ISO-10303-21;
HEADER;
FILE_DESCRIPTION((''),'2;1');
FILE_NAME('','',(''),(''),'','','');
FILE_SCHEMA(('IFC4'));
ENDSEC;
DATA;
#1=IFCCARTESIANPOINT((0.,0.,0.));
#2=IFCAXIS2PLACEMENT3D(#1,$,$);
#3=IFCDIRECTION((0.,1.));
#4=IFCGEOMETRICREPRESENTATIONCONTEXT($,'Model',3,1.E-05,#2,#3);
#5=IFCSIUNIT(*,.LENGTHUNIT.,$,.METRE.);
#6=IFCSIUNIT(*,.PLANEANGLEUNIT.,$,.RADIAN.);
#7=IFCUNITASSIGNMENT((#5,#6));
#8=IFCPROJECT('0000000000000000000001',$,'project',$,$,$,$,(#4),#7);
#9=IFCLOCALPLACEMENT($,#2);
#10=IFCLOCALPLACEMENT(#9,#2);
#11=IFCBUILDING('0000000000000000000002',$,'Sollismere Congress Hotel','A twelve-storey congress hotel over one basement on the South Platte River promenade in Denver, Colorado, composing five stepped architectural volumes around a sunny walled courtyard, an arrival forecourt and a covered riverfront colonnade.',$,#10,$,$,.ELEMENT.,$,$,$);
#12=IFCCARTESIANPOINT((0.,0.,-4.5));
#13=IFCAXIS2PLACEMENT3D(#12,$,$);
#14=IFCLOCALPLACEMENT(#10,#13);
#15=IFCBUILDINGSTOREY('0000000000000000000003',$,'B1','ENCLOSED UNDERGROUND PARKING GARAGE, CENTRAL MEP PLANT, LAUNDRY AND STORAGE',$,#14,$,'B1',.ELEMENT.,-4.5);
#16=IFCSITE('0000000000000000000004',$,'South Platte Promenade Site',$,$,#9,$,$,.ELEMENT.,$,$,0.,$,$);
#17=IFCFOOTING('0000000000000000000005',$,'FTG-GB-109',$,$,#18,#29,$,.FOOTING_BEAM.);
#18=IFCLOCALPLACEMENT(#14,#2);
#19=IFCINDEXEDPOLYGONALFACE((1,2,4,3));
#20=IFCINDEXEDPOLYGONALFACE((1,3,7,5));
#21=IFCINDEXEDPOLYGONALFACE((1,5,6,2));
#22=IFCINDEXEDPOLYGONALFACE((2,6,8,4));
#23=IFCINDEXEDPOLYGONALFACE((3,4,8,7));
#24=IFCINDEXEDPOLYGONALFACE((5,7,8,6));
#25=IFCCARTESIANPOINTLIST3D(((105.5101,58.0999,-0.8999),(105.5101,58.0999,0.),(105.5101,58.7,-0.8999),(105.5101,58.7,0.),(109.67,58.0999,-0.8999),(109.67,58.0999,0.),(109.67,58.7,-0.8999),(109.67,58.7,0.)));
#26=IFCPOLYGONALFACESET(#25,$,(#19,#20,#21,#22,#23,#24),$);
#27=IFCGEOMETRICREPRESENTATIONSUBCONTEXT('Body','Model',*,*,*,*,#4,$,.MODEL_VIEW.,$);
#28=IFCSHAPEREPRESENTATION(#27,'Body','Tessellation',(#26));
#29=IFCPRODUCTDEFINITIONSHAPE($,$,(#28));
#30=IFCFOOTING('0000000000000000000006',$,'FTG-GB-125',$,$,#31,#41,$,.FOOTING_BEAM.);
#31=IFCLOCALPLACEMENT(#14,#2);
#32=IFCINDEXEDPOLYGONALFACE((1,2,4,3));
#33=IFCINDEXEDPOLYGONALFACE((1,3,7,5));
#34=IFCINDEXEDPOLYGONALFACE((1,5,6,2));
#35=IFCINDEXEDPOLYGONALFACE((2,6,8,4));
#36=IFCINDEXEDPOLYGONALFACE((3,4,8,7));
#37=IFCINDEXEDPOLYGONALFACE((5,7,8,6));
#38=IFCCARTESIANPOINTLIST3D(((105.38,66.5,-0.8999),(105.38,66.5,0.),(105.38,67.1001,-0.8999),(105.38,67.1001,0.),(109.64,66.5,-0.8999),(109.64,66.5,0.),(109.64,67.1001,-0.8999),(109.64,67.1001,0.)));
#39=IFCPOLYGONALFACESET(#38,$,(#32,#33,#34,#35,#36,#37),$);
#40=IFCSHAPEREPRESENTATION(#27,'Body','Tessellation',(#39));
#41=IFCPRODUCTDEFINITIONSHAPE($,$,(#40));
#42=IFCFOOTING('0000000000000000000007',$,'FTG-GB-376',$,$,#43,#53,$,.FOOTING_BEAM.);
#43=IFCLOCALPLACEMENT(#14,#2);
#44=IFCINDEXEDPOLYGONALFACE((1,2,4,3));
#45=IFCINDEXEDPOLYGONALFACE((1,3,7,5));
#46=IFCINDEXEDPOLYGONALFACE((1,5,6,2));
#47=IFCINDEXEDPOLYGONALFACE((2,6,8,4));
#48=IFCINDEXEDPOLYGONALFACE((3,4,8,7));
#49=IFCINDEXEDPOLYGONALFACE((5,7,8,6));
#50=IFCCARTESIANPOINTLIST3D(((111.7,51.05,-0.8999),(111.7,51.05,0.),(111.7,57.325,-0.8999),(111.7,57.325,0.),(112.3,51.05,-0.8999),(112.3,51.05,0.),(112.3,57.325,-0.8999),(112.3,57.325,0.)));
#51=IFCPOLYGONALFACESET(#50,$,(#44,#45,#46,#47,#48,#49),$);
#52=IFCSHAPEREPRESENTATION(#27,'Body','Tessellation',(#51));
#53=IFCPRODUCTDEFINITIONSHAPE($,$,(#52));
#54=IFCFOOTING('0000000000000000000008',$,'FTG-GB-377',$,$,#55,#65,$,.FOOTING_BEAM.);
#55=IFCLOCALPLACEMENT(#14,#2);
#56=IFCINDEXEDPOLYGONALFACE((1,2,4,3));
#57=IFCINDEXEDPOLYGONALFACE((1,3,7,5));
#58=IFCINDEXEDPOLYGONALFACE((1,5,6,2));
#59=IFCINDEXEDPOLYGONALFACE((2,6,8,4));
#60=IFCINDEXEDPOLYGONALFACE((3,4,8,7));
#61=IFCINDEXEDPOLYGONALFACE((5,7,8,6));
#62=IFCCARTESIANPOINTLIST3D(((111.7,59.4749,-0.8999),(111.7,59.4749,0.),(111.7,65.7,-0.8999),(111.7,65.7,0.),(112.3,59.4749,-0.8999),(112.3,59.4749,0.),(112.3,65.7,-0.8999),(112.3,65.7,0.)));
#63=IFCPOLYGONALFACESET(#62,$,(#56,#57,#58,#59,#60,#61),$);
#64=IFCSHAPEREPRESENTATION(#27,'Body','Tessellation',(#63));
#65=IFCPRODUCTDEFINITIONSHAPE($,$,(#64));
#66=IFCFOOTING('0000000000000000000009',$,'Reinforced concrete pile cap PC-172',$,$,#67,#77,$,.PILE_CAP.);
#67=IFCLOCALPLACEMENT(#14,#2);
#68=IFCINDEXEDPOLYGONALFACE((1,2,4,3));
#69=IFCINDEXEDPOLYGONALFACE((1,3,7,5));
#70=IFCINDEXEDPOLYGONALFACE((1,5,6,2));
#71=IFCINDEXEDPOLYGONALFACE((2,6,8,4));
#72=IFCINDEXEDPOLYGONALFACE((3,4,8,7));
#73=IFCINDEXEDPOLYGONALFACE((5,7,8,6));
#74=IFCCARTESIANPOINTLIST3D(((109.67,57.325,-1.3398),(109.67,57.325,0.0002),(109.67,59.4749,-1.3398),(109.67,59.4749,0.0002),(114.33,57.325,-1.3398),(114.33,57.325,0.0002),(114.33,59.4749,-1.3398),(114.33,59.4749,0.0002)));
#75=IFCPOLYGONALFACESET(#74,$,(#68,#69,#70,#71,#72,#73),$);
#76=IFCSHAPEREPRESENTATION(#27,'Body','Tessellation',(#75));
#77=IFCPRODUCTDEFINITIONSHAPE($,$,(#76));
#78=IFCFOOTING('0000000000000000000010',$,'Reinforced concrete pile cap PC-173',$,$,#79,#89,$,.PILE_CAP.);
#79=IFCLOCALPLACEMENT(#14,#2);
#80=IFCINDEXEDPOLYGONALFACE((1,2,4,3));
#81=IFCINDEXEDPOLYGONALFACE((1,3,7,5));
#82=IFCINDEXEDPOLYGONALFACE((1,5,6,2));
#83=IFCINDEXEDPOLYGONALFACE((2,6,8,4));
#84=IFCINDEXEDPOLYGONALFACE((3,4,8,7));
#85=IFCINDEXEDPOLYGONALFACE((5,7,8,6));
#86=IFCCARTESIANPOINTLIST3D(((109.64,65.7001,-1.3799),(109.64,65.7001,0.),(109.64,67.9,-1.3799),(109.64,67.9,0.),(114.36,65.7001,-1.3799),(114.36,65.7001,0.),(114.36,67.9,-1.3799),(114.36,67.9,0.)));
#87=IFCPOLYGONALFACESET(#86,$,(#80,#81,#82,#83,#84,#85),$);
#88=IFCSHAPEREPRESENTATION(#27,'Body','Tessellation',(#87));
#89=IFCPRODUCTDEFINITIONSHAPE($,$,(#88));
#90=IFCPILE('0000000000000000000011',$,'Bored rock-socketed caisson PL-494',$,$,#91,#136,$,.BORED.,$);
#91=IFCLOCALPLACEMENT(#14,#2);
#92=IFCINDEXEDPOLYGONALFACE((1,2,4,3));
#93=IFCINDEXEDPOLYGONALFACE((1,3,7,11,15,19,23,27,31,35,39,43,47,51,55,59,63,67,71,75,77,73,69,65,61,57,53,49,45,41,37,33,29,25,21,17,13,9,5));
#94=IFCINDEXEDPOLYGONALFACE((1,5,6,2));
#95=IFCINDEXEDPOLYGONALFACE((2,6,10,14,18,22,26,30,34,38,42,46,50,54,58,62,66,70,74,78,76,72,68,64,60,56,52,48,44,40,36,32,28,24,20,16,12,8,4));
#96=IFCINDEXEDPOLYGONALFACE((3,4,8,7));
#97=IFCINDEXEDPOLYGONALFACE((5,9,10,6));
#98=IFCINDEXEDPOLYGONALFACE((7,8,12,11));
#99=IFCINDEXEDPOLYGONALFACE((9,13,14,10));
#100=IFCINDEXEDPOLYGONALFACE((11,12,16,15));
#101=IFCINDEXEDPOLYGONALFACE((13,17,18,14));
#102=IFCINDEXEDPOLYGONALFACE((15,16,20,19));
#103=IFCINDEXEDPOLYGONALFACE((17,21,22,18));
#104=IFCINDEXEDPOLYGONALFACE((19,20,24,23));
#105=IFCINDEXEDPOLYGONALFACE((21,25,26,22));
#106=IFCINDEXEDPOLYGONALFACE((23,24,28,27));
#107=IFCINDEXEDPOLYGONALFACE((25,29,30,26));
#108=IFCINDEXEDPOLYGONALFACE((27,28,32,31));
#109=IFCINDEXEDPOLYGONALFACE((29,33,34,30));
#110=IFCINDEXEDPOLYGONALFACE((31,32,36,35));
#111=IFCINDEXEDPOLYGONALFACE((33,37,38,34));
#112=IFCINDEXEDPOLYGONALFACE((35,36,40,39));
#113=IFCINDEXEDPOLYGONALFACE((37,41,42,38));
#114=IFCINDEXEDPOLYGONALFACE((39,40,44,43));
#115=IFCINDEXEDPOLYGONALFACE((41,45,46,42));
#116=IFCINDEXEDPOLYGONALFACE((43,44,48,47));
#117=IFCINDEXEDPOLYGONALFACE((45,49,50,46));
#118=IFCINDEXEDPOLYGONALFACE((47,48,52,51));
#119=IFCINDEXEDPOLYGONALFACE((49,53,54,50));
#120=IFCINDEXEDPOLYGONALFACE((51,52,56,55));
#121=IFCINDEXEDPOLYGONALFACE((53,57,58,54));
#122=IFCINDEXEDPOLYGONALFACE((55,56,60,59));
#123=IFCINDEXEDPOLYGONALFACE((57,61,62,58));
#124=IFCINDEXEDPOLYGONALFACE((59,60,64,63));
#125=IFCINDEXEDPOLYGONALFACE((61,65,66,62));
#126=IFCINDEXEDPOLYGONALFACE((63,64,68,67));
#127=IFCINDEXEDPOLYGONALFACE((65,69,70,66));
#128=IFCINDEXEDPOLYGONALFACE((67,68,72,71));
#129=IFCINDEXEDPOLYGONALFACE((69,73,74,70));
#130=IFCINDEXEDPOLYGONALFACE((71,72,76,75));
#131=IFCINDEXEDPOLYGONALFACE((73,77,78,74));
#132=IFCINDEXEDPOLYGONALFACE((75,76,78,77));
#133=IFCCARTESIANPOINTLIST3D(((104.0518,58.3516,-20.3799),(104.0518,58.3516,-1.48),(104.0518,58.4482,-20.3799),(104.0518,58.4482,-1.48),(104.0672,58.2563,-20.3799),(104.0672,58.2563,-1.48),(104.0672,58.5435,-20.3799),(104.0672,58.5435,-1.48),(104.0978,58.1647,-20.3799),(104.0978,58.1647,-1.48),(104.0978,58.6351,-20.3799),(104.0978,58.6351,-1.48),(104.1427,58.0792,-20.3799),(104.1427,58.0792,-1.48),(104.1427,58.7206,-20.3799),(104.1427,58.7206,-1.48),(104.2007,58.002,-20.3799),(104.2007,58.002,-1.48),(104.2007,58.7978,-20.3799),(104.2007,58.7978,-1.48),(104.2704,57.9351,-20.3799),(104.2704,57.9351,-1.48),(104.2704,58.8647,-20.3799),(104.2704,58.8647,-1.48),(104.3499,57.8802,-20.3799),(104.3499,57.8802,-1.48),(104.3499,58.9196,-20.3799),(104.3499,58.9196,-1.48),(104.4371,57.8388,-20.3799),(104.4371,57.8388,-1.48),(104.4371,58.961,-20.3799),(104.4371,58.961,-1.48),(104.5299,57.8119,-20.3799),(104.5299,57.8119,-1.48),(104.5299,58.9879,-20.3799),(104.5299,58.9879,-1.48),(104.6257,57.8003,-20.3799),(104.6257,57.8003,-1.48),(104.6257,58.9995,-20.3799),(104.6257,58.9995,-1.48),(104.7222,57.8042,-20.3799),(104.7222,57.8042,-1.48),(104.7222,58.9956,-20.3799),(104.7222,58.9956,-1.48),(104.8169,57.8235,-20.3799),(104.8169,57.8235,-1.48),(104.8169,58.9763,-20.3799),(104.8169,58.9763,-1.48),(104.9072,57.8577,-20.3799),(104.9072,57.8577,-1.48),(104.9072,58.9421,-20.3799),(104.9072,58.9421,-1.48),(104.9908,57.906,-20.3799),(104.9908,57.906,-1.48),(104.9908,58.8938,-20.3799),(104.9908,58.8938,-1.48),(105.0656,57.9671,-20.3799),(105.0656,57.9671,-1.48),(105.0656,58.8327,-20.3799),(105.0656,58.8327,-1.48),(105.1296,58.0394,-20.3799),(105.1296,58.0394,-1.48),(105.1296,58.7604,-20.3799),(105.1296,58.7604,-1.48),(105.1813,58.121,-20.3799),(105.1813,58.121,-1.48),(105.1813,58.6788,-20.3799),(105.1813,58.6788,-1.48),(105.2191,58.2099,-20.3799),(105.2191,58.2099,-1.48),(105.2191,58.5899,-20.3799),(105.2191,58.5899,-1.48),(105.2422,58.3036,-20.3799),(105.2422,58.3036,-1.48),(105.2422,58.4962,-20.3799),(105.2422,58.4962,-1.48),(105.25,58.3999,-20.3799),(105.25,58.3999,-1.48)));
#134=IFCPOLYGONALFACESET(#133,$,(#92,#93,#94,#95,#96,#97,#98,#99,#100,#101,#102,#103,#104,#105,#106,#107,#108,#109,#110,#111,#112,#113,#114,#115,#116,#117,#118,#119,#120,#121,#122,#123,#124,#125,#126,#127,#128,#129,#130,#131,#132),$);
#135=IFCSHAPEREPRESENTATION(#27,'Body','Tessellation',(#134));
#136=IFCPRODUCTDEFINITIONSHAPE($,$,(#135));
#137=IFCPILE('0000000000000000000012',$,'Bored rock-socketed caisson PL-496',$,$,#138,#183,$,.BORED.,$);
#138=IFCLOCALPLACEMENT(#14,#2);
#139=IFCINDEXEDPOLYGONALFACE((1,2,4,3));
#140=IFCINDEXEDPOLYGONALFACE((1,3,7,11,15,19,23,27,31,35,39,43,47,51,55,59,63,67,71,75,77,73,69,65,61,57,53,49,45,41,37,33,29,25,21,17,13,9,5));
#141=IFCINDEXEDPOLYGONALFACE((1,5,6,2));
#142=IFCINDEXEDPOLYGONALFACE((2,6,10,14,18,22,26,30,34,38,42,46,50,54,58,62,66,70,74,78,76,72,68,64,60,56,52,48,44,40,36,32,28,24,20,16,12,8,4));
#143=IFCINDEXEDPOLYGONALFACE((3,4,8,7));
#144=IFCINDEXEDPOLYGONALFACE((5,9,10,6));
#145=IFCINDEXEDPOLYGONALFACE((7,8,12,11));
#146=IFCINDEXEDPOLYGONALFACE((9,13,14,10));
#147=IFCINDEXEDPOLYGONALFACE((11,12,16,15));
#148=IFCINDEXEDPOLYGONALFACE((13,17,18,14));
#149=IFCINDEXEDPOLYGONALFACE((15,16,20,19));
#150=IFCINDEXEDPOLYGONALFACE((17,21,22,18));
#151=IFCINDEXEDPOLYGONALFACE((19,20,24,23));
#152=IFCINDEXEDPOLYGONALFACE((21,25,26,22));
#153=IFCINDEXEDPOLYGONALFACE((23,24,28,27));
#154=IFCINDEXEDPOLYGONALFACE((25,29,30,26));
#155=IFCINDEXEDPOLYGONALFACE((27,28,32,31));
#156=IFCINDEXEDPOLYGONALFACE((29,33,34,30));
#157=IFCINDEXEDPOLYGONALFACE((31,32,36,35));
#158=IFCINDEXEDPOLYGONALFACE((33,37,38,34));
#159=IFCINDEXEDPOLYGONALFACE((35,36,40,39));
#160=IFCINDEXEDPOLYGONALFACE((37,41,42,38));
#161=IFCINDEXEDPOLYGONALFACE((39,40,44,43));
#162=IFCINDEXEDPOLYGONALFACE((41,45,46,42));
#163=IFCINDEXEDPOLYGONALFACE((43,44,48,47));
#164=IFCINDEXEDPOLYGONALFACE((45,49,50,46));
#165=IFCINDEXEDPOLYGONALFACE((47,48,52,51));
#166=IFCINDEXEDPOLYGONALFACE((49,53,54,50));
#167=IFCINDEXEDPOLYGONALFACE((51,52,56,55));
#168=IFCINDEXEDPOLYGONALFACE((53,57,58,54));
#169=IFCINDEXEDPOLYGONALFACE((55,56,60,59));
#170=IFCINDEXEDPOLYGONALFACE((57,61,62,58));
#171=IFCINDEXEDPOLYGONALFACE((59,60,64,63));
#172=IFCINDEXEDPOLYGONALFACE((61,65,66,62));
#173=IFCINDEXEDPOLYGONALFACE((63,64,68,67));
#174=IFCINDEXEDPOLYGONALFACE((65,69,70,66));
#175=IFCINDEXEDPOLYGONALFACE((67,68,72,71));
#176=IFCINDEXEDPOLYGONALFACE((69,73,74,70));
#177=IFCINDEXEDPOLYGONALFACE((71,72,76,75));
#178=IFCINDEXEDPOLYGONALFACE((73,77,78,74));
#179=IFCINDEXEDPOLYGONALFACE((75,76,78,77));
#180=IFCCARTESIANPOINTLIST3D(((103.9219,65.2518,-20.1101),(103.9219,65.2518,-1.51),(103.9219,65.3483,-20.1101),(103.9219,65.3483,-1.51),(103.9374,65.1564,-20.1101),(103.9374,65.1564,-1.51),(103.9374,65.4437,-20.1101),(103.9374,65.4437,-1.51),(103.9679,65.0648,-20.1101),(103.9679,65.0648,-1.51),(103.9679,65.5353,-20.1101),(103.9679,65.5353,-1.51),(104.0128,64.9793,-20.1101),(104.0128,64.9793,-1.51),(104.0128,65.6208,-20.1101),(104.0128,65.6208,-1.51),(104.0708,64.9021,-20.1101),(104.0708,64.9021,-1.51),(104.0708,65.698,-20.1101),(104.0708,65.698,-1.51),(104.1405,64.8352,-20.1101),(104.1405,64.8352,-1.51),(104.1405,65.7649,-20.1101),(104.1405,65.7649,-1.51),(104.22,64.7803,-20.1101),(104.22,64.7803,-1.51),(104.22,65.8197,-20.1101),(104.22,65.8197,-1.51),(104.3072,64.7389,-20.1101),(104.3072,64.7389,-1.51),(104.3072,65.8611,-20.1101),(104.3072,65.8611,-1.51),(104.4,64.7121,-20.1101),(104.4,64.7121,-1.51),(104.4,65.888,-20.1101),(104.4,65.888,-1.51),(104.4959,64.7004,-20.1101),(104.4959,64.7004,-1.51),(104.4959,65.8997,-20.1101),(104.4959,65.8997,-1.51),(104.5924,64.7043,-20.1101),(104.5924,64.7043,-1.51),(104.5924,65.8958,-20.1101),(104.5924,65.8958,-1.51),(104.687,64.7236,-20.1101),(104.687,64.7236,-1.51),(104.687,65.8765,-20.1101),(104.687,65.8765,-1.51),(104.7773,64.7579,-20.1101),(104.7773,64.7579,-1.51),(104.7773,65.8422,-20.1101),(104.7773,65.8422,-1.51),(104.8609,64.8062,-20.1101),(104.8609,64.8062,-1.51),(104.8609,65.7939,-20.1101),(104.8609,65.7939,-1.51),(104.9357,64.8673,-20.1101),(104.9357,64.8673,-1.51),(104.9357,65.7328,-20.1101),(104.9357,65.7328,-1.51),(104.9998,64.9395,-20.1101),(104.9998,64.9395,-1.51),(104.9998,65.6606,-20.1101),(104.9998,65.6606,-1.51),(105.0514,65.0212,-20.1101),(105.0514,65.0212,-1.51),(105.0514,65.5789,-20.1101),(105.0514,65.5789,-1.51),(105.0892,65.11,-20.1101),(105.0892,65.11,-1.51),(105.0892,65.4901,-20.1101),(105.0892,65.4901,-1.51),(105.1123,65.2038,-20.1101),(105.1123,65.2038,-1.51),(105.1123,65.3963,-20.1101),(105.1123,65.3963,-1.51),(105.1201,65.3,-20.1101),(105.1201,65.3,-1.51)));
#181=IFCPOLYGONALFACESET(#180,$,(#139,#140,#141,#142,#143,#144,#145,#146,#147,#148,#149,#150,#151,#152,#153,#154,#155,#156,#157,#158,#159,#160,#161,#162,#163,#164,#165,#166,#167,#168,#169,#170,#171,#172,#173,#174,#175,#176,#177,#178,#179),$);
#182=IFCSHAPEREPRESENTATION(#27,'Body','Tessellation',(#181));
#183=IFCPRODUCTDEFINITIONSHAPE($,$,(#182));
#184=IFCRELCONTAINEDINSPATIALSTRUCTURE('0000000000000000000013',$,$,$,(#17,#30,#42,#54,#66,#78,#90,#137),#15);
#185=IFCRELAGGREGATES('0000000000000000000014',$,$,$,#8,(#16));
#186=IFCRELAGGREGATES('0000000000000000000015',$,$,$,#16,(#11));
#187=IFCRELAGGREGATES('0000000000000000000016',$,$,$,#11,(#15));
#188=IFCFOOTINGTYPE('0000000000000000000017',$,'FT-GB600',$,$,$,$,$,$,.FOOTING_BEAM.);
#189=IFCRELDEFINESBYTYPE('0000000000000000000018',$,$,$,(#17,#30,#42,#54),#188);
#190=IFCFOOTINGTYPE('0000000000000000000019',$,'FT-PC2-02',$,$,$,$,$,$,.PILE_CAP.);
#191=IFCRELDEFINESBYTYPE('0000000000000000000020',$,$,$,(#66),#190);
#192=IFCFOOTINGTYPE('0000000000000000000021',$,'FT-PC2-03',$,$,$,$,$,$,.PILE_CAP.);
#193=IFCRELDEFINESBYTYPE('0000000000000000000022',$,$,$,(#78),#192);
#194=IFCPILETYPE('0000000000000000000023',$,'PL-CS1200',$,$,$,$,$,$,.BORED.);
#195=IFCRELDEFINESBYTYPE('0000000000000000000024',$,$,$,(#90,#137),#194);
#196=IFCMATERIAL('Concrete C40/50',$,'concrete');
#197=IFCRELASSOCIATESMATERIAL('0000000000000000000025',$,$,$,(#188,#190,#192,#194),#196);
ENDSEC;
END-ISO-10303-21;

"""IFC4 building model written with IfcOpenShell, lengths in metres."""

from ifc_helpers import new_model, si_unit, direction, frame, origin, origin_2d, place, context, subcontext, project, spatial, rectangle, circle, extrude, material, material_profile, profile_set, type_object, element, save


model = new_model("IFC4")

# Units and contexts
model_context = context("Model", 3, precision=1e-05, world=origin(), true_north=direction((0.0, 1.0)))
body_context = subcontext(model_context, "Body", "Model", "MODEL_VIEW")
ifc_project = project(units=[si_unit("LENGTHUNIT", "METRE"), si_unit("PLANEANGLEUNIT", "RADIAN")], contexts=[model_context])

# Site, building, storey
site_placement = place(None, origin())
site = spatial("IfcSite", under=ifc_project, at=site_placement, Name="South Platte Promenade Site", CompositionType="ELEMENT", RefElevation=0.0)
building_placement = place(site_placement, origin())
building = spatial("IfcBuilding", under=site, at=building_placement, Name="Sollismere Congress Hotel", Description="A twelve-storey congress hotel over one basement on the South Platte River promenade in Denver, Colorado, composing five stepped architectural volumes around a sunny walled courtyard, an arrival forecourt and a covered riverfront colonnade.", CompositionType="ELEMENT")
storey_placement = place(building_placement, frame((0.0, 0.0, -4.5)))
storey = spatial("IfcBuildingStorey", under=building, at=storey_placement, Name="B1", Description="ENCLOSED UNDERGROUND PARKING GARAGE, CENTRAL MEP PLANT, LAUNDRY AND STORAGE", LongName="B1", CompositionType="ELEMENT", Elevation=-4.5)

# Footings
ifc_material_1 = material(Name="Concrete C40/50", Category="concrete")
footing_type_1 = type_object("IfcFootingType", Name="FT-GB600", PredefinedType="FOOTING_BEAM", material=ifc_material_1)
footing_1_placement = place(storey_placement, frame((107.5901, 58.3999, -0.8999), z_axis=(0.0, 0.0, 1.0), x_axis=(1.0, 0.0, 0.0)))
element("IfcFooting", 1, at=footing_1_placement, inside=storey, type_object=footing_type_1, Name="FTG-GB-109", PredefinedType="FOOTING_BEAM", context=body_context, shape_type="SweptSolid", body=[
    extrude(rectangle(XDim=4.1599, YDim=0.6001, at=origin_2d()), origin(), (0.0, 0.0, 1.0), 0.8999),
])
footing_2_placement = place(storey_placement, frame((107.51, 66.8, -0.8999), z_axis=(0.0, 0.0, 1.0), x_axis=(1.0, 0.0, 0.0)))
element("IfcFooting", 2, at=footing_2_placement, inside=storey, type_object=footing_type_1, Name="FTG-GB-125", PredefinedType="FOOTING_BEAM", context=body_context, shape_type="SweptSolid", body=[
    extrude(rectangle(XDim=4.26, YDim=0.6001, at=origin_2d()), origin(), (0.0, 0.0, 1.0), 0.8999),
])
footing_3_placement = place(storey_placement, frame((112.0, 54.1875, -0.8999), z_axis=(0.0, 0.0, 1.0), x_axis=(0.0, 1.0, 0.0)))
element("IfcFooting", 3, at=footing_3_placement, inside=storey, type_object=footing_type_1, Name="FTG-GB-376", PredefinedType="FOOTING_BEAM", context=body_context, shape_type="SweptSolid", body=[
    extrude(rectangle(XDim=6.2749, YDim=0.6001, at=origin_2d()), origin(), (0.0, 0.0, 1.0), 0.8999),
])
footing_4_placement = place(storey_placement, frame((112.0, 62.5874, -0.8999), z_axis=(0.0, 0.0, 1.0), x_axis=(0.0, 1.0, 0.0)))
element("IfcFooting", 4, at=footing_4_placement, inside=storey, type_object=footing_type_1, Name="FTG-GB-377", PredefinedType="FOOTING_BEAM", context=body_context, shape_type="SweptSolid", body=[
    extrude(rectangle(XDim=6.2251, YDim=0.6001, at=origin_2d()), origin(), (0.0, 0.0, 1.0), 0.8999),
])
footing_type_2 = type_object("IfcFootingType", Name="FT-PC2-02", PredefinedType="PILE_CAP", material=ifc_material_1)
footing_5_placement = place(storey_placement, frame((112.0, 58.3999, -1.3398), z_axis=(0.0, 0.0, 1.0), x_axis=(1.0, 0.0, 0.0)))
element("IfcFooting", 5, at=footing_5_placement, inside=storey, type_object=footing_type_2, Name="Reinforced concrete pile cap PC-172", PredefinedType="PILE_CAP", context=body_context, shape_type="SweptSolid", body=[
    extrude(rectangle(XDim=4.6599, YDim=2.1499, at=origin_2d()), origin(), (0.0, 0.0, 1.0), 1.3401),
])
footing_type_3 = type_object("IfcFootingType", Name="FT-PC2-03", PredefinedType="PILE_CAP", material=ifc_material_1)
footing_6_placement = place(storey_placement, frame((112.0, 66.8, -1.3799), z_axis=(0.0, 0.0, 1.0), x_axis=(1.0, 0.0, 0.0)))
element("IfcFooting", 6, at=footing_6_placement, inside=storey, type_object=footing_type_3, Name="Reinforced concrete pile cap PC-173", PredefinedType="PILE_CAP", context=body_context, shape_type="SweptSolid", body=[
    extrude(rectangle(XDim=4.72, YDim=2.2, at=origin_2d()), origin(), (0.0, 0.0, 1.0), 1.3799),
])

# Piles
ifc_material_profile_1 = material_profile(ifc_material_1, circle(Radius=0.6001, at=origin_2d()), Name="CAISSON1200")
ifc_profile_set_1 = profile_set([ifc_material_profile_1], Name="Concrete C40/50")
pile_type = type_object("IfcPileType", Name="PL-CS1200", PredefinedType="BORED", material=ifc_profile_set_1)
pile_1_placement = place(storey_placement, frame((104.6499, 58.3999, -1.48), z_axis=(0.0, 0.0, -1.0), x_axis=(1.0, 0.0, 0.0)))
element("IfcPile", 7, at=pile_1_placement, inside=storey, type_object=pile_type, Name="Bored rock-socketed caisson PL-494", PredefinedType="BORED", context=body_context, shape_type="SweptSolid", body=[
    extrude(circle(Radius=0.6001, at=origin_2d()), origin(), (0.0, 0.0, 1.0), 18.8999),
])
pile_2_placement = place(storey_placement, frame((104.52, 65.3, -1.51), z_axis=(0.0, 0.0, -1.0), x_axis=(1.0, 0.0, 0.0)))
element("IfcPile", 8, at=pile_2_placement, inside=storey, type_object=pile_type, Name="Bored rock-socketed caisson PL-496", PredefinedType="BORED", context=body_context, shape_type="SweptSolid", body=[
    extrude(circle(Radius=0.6001, at=origin_2d()), origin(), (0.0, 0.0, 1.0), 18.6001),
])

save(model, "model.ifc")
